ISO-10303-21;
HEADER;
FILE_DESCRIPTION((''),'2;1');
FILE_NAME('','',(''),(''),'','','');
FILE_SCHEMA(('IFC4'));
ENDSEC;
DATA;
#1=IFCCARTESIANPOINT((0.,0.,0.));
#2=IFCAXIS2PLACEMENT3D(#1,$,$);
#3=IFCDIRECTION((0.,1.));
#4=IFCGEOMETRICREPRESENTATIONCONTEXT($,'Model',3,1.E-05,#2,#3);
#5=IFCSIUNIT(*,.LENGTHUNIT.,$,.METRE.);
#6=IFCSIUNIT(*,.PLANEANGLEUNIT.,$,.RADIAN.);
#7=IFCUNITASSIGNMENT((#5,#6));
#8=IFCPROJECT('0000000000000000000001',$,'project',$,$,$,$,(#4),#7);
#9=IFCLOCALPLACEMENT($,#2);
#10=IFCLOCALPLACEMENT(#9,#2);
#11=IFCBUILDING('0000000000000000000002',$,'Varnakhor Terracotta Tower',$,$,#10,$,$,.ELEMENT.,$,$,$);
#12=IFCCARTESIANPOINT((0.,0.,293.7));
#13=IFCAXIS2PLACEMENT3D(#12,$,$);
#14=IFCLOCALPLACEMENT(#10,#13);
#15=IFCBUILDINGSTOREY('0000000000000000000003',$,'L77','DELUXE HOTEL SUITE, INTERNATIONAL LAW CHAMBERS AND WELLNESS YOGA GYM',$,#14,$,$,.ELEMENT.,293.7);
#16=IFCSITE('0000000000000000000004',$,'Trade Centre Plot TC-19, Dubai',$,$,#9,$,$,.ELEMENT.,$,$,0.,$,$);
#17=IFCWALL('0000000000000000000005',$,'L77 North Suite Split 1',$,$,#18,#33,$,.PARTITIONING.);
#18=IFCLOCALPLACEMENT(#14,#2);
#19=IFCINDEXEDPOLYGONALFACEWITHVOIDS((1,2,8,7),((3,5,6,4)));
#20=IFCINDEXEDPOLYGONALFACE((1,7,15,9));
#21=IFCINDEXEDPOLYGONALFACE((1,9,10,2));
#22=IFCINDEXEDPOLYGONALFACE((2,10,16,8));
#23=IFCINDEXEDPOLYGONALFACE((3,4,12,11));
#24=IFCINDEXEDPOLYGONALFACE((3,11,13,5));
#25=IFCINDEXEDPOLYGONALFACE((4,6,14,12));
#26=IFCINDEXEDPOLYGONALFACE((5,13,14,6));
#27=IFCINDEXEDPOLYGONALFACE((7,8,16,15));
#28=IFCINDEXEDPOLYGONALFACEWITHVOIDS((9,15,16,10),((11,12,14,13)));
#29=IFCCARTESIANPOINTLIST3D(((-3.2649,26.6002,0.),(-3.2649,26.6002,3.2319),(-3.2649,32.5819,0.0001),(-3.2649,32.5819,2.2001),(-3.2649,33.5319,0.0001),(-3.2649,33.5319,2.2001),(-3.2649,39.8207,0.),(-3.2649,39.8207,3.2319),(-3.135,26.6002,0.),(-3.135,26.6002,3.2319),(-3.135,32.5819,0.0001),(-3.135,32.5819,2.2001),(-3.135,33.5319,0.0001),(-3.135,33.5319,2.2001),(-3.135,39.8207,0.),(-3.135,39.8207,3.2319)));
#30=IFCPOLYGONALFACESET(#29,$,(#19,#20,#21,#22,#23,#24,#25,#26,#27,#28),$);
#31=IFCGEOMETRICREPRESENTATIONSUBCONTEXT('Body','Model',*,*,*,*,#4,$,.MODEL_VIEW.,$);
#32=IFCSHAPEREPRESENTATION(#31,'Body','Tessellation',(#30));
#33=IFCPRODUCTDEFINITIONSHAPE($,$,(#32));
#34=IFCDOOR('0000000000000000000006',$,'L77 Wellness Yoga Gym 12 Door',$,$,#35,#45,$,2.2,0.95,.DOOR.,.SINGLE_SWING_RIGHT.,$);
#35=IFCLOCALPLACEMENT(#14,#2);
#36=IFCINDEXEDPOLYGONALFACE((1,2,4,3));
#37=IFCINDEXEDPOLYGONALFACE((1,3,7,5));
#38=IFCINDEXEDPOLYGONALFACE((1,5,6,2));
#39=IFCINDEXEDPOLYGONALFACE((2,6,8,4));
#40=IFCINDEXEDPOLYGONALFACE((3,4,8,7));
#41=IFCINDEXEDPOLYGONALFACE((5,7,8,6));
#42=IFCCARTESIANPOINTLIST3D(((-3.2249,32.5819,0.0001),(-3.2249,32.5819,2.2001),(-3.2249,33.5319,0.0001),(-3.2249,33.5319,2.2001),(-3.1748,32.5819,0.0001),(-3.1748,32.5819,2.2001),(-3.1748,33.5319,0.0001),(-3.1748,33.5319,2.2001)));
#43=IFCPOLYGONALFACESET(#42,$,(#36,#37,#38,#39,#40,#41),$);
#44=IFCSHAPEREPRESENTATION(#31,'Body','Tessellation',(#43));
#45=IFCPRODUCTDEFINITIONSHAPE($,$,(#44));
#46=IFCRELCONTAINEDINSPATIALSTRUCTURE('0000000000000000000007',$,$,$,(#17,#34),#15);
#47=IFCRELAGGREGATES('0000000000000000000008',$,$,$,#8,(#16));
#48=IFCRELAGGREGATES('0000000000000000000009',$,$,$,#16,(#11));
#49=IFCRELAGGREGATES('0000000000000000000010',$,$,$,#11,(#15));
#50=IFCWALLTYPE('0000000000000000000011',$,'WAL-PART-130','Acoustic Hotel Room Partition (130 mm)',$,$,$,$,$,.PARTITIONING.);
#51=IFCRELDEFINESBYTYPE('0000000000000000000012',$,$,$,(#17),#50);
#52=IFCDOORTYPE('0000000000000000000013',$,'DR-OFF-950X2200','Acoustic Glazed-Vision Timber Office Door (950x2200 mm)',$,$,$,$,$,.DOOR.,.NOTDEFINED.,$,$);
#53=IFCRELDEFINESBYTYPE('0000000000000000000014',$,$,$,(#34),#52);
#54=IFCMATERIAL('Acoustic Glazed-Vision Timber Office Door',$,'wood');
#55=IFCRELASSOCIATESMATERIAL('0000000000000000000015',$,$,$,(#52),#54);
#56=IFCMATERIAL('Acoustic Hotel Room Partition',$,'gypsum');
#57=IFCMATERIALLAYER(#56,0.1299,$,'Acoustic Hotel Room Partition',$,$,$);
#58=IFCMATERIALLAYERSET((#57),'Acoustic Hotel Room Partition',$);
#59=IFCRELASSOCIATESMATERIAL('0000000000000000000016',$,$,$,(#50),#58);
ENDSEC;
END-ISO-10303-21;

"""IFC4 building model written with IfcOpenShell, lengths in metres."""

from ifc_helpers import new_model, si_unit, direction, frame, frame_2d, origin, place, context, subcontext, project, spatial, rectangle, extrude, source, transform, mapped, material, layer, layer_set, type_object, type_shapes, element, fill, save


model = new_model("IFC4")

# Units and contexts
model_context = context("Model", 3, precision=1e-05, world=origin(), true_north=direction((0.0, 1.0)))
body_context = subcontext(model_context, "Body", "Model", "MODEL_VIEW")
ifc_project = project(units=[si_unit("LENGTHUNIT", "METRE"), si_unit("PLANEANGLEUNIT", "RADIAN")], contexts=[model_context])

# Site, building, storey
site_placement = place(None, origin())
site = spatial("IfcSite", under=ifc_project, at=site_placement, Name="Trade Centre Plot TC-19, Dubai", CompositionType="ELEMENT", RefElevation=0.0)
building_placement = place(site_placement, origin())
building = spatial("IfcBuilding", under=site, at=building_placement, Name="Varnakhor Terracotta Tower", CompositionType="ELEMENT")
storey_placement = place(building_placement, frame((0.0, 0.0, 293.7)))
storey = spatial("IfcBuildingStorey", under=building, at=storey_placement, Name="L77", Description="DELUXE HOTEL SUITE, INTERNATIONAL LAW CHAMBERS AND WELLNESS YOGA GYM", CompositionType="ELEMENT", Elevation=293.7)

# Shared definitions
ifc_material_1 = material(Name="Acoustic Glazed-Vision Timber Office Door", Category="wood")
door_type_1 = type_object("IfcDoorType", Name="DR-OFF-950X2200", Description="Acoustic Glazed-Vision Timber Office Door (950x2200 mm)", OperationType="NOTDEFINED", PredefinedType="DOOR", material=ifc_material_1)
shared_shape_1 = source(origin(), body_context, "Body", "SweptSolid", [
    extrude(rectangle(XDim=0.95, YDim=2.2, at=frame_2d((0.4751, 1.1001))), frame((0.0, 0.0249, 0.0), z_axis=(0.0, -1.0, 0.0), x_axis=(1.0, 0.0, 0.0)), (0.0, 0.0, 1.0), 0.05),
])
type_shapes(door_type_1, [shared_shape_1])

# Shared definitions
ifc_material_2 = material(Name="Acoustic Hotel Room Partition", Category="gypsum")
ifc_layer_1 = layer(ifc_material_2, 0.1299, Name="Acoustic Hotel Room Partition")
ifc_layer_set_1 = layer_set([ifc_layer_1], Name="Acoustic Hotel Room Partition")
wall_type_1 = type_object("IfcWallType", Name="WAL-PART-130", Description="Acoustic Hotel Room Partition (130 mm)", PredefinedType="PARTITIONING", material=ifc_layer_set_1)

# Wall, opening, door
wall_1_placement = place(storey_placement, frame((-3.2, 26.6001, 0.0), z_axis=(0.0, 0.0, 1.0), x_axis=(0.0, 1.0, 0.0)))
wall_1 = element("IfcWall", 1, at=wall_1_placement, inside=storey, type_object=wall_type_1, Name="L77 North Suite Split 1", PredefinedType="PARTITIONING", context=body_context, shape_type="SweptSolid", body=[
    extrude(rectangle(XDim=13.2205, YDim=0.1299, at=frame_2d((6.6104, 0.0))), origin(), (0.0, 0.0, 1.0), 3.2319),
])
opening_1_placement = place(wall_1_placement, frame((5.9817, 0.0, 0.0)))
opening_1 = element("IfcOpeningElement", 2, at=opening_1_placement, cuts=wall_1, PredefinedType="OPENING", context=body_context, shape_type="SweptSolid", body=[
    extrude(rectangle(XDim=0.95, YDim=2.2, at=frame_2d((0.4751, 1.1001))), frame((0.0, 0.075, 0.0), z_axis=(0.0, -1.0, 0.0), x_axis=(1.0, 0.0, 0.0)), (0.0, 0.0, 1.0), 0.1499),
])
door_1_placement = place(opening_1_placement, origin())
door_1 = element("IfcDoor", 3, at=door_1_placement, inside=storey, type_object=door_type_1, Name="L77 Wellness Yoga Gym 12 Door", OperationType="SINGLE_SWING_RIGHT", OverallHeight=2.2, OverallWidth=0.95, PredefinedType="DOOR", context=body_context, shape_type="MappedRepresentation", body=[
    mapped(shared_shape_1, transform((0.0, 0.0, 0.0), scale=1.0)),
])
fill(opening_1, door_1)

save(model, "model.ifc")
